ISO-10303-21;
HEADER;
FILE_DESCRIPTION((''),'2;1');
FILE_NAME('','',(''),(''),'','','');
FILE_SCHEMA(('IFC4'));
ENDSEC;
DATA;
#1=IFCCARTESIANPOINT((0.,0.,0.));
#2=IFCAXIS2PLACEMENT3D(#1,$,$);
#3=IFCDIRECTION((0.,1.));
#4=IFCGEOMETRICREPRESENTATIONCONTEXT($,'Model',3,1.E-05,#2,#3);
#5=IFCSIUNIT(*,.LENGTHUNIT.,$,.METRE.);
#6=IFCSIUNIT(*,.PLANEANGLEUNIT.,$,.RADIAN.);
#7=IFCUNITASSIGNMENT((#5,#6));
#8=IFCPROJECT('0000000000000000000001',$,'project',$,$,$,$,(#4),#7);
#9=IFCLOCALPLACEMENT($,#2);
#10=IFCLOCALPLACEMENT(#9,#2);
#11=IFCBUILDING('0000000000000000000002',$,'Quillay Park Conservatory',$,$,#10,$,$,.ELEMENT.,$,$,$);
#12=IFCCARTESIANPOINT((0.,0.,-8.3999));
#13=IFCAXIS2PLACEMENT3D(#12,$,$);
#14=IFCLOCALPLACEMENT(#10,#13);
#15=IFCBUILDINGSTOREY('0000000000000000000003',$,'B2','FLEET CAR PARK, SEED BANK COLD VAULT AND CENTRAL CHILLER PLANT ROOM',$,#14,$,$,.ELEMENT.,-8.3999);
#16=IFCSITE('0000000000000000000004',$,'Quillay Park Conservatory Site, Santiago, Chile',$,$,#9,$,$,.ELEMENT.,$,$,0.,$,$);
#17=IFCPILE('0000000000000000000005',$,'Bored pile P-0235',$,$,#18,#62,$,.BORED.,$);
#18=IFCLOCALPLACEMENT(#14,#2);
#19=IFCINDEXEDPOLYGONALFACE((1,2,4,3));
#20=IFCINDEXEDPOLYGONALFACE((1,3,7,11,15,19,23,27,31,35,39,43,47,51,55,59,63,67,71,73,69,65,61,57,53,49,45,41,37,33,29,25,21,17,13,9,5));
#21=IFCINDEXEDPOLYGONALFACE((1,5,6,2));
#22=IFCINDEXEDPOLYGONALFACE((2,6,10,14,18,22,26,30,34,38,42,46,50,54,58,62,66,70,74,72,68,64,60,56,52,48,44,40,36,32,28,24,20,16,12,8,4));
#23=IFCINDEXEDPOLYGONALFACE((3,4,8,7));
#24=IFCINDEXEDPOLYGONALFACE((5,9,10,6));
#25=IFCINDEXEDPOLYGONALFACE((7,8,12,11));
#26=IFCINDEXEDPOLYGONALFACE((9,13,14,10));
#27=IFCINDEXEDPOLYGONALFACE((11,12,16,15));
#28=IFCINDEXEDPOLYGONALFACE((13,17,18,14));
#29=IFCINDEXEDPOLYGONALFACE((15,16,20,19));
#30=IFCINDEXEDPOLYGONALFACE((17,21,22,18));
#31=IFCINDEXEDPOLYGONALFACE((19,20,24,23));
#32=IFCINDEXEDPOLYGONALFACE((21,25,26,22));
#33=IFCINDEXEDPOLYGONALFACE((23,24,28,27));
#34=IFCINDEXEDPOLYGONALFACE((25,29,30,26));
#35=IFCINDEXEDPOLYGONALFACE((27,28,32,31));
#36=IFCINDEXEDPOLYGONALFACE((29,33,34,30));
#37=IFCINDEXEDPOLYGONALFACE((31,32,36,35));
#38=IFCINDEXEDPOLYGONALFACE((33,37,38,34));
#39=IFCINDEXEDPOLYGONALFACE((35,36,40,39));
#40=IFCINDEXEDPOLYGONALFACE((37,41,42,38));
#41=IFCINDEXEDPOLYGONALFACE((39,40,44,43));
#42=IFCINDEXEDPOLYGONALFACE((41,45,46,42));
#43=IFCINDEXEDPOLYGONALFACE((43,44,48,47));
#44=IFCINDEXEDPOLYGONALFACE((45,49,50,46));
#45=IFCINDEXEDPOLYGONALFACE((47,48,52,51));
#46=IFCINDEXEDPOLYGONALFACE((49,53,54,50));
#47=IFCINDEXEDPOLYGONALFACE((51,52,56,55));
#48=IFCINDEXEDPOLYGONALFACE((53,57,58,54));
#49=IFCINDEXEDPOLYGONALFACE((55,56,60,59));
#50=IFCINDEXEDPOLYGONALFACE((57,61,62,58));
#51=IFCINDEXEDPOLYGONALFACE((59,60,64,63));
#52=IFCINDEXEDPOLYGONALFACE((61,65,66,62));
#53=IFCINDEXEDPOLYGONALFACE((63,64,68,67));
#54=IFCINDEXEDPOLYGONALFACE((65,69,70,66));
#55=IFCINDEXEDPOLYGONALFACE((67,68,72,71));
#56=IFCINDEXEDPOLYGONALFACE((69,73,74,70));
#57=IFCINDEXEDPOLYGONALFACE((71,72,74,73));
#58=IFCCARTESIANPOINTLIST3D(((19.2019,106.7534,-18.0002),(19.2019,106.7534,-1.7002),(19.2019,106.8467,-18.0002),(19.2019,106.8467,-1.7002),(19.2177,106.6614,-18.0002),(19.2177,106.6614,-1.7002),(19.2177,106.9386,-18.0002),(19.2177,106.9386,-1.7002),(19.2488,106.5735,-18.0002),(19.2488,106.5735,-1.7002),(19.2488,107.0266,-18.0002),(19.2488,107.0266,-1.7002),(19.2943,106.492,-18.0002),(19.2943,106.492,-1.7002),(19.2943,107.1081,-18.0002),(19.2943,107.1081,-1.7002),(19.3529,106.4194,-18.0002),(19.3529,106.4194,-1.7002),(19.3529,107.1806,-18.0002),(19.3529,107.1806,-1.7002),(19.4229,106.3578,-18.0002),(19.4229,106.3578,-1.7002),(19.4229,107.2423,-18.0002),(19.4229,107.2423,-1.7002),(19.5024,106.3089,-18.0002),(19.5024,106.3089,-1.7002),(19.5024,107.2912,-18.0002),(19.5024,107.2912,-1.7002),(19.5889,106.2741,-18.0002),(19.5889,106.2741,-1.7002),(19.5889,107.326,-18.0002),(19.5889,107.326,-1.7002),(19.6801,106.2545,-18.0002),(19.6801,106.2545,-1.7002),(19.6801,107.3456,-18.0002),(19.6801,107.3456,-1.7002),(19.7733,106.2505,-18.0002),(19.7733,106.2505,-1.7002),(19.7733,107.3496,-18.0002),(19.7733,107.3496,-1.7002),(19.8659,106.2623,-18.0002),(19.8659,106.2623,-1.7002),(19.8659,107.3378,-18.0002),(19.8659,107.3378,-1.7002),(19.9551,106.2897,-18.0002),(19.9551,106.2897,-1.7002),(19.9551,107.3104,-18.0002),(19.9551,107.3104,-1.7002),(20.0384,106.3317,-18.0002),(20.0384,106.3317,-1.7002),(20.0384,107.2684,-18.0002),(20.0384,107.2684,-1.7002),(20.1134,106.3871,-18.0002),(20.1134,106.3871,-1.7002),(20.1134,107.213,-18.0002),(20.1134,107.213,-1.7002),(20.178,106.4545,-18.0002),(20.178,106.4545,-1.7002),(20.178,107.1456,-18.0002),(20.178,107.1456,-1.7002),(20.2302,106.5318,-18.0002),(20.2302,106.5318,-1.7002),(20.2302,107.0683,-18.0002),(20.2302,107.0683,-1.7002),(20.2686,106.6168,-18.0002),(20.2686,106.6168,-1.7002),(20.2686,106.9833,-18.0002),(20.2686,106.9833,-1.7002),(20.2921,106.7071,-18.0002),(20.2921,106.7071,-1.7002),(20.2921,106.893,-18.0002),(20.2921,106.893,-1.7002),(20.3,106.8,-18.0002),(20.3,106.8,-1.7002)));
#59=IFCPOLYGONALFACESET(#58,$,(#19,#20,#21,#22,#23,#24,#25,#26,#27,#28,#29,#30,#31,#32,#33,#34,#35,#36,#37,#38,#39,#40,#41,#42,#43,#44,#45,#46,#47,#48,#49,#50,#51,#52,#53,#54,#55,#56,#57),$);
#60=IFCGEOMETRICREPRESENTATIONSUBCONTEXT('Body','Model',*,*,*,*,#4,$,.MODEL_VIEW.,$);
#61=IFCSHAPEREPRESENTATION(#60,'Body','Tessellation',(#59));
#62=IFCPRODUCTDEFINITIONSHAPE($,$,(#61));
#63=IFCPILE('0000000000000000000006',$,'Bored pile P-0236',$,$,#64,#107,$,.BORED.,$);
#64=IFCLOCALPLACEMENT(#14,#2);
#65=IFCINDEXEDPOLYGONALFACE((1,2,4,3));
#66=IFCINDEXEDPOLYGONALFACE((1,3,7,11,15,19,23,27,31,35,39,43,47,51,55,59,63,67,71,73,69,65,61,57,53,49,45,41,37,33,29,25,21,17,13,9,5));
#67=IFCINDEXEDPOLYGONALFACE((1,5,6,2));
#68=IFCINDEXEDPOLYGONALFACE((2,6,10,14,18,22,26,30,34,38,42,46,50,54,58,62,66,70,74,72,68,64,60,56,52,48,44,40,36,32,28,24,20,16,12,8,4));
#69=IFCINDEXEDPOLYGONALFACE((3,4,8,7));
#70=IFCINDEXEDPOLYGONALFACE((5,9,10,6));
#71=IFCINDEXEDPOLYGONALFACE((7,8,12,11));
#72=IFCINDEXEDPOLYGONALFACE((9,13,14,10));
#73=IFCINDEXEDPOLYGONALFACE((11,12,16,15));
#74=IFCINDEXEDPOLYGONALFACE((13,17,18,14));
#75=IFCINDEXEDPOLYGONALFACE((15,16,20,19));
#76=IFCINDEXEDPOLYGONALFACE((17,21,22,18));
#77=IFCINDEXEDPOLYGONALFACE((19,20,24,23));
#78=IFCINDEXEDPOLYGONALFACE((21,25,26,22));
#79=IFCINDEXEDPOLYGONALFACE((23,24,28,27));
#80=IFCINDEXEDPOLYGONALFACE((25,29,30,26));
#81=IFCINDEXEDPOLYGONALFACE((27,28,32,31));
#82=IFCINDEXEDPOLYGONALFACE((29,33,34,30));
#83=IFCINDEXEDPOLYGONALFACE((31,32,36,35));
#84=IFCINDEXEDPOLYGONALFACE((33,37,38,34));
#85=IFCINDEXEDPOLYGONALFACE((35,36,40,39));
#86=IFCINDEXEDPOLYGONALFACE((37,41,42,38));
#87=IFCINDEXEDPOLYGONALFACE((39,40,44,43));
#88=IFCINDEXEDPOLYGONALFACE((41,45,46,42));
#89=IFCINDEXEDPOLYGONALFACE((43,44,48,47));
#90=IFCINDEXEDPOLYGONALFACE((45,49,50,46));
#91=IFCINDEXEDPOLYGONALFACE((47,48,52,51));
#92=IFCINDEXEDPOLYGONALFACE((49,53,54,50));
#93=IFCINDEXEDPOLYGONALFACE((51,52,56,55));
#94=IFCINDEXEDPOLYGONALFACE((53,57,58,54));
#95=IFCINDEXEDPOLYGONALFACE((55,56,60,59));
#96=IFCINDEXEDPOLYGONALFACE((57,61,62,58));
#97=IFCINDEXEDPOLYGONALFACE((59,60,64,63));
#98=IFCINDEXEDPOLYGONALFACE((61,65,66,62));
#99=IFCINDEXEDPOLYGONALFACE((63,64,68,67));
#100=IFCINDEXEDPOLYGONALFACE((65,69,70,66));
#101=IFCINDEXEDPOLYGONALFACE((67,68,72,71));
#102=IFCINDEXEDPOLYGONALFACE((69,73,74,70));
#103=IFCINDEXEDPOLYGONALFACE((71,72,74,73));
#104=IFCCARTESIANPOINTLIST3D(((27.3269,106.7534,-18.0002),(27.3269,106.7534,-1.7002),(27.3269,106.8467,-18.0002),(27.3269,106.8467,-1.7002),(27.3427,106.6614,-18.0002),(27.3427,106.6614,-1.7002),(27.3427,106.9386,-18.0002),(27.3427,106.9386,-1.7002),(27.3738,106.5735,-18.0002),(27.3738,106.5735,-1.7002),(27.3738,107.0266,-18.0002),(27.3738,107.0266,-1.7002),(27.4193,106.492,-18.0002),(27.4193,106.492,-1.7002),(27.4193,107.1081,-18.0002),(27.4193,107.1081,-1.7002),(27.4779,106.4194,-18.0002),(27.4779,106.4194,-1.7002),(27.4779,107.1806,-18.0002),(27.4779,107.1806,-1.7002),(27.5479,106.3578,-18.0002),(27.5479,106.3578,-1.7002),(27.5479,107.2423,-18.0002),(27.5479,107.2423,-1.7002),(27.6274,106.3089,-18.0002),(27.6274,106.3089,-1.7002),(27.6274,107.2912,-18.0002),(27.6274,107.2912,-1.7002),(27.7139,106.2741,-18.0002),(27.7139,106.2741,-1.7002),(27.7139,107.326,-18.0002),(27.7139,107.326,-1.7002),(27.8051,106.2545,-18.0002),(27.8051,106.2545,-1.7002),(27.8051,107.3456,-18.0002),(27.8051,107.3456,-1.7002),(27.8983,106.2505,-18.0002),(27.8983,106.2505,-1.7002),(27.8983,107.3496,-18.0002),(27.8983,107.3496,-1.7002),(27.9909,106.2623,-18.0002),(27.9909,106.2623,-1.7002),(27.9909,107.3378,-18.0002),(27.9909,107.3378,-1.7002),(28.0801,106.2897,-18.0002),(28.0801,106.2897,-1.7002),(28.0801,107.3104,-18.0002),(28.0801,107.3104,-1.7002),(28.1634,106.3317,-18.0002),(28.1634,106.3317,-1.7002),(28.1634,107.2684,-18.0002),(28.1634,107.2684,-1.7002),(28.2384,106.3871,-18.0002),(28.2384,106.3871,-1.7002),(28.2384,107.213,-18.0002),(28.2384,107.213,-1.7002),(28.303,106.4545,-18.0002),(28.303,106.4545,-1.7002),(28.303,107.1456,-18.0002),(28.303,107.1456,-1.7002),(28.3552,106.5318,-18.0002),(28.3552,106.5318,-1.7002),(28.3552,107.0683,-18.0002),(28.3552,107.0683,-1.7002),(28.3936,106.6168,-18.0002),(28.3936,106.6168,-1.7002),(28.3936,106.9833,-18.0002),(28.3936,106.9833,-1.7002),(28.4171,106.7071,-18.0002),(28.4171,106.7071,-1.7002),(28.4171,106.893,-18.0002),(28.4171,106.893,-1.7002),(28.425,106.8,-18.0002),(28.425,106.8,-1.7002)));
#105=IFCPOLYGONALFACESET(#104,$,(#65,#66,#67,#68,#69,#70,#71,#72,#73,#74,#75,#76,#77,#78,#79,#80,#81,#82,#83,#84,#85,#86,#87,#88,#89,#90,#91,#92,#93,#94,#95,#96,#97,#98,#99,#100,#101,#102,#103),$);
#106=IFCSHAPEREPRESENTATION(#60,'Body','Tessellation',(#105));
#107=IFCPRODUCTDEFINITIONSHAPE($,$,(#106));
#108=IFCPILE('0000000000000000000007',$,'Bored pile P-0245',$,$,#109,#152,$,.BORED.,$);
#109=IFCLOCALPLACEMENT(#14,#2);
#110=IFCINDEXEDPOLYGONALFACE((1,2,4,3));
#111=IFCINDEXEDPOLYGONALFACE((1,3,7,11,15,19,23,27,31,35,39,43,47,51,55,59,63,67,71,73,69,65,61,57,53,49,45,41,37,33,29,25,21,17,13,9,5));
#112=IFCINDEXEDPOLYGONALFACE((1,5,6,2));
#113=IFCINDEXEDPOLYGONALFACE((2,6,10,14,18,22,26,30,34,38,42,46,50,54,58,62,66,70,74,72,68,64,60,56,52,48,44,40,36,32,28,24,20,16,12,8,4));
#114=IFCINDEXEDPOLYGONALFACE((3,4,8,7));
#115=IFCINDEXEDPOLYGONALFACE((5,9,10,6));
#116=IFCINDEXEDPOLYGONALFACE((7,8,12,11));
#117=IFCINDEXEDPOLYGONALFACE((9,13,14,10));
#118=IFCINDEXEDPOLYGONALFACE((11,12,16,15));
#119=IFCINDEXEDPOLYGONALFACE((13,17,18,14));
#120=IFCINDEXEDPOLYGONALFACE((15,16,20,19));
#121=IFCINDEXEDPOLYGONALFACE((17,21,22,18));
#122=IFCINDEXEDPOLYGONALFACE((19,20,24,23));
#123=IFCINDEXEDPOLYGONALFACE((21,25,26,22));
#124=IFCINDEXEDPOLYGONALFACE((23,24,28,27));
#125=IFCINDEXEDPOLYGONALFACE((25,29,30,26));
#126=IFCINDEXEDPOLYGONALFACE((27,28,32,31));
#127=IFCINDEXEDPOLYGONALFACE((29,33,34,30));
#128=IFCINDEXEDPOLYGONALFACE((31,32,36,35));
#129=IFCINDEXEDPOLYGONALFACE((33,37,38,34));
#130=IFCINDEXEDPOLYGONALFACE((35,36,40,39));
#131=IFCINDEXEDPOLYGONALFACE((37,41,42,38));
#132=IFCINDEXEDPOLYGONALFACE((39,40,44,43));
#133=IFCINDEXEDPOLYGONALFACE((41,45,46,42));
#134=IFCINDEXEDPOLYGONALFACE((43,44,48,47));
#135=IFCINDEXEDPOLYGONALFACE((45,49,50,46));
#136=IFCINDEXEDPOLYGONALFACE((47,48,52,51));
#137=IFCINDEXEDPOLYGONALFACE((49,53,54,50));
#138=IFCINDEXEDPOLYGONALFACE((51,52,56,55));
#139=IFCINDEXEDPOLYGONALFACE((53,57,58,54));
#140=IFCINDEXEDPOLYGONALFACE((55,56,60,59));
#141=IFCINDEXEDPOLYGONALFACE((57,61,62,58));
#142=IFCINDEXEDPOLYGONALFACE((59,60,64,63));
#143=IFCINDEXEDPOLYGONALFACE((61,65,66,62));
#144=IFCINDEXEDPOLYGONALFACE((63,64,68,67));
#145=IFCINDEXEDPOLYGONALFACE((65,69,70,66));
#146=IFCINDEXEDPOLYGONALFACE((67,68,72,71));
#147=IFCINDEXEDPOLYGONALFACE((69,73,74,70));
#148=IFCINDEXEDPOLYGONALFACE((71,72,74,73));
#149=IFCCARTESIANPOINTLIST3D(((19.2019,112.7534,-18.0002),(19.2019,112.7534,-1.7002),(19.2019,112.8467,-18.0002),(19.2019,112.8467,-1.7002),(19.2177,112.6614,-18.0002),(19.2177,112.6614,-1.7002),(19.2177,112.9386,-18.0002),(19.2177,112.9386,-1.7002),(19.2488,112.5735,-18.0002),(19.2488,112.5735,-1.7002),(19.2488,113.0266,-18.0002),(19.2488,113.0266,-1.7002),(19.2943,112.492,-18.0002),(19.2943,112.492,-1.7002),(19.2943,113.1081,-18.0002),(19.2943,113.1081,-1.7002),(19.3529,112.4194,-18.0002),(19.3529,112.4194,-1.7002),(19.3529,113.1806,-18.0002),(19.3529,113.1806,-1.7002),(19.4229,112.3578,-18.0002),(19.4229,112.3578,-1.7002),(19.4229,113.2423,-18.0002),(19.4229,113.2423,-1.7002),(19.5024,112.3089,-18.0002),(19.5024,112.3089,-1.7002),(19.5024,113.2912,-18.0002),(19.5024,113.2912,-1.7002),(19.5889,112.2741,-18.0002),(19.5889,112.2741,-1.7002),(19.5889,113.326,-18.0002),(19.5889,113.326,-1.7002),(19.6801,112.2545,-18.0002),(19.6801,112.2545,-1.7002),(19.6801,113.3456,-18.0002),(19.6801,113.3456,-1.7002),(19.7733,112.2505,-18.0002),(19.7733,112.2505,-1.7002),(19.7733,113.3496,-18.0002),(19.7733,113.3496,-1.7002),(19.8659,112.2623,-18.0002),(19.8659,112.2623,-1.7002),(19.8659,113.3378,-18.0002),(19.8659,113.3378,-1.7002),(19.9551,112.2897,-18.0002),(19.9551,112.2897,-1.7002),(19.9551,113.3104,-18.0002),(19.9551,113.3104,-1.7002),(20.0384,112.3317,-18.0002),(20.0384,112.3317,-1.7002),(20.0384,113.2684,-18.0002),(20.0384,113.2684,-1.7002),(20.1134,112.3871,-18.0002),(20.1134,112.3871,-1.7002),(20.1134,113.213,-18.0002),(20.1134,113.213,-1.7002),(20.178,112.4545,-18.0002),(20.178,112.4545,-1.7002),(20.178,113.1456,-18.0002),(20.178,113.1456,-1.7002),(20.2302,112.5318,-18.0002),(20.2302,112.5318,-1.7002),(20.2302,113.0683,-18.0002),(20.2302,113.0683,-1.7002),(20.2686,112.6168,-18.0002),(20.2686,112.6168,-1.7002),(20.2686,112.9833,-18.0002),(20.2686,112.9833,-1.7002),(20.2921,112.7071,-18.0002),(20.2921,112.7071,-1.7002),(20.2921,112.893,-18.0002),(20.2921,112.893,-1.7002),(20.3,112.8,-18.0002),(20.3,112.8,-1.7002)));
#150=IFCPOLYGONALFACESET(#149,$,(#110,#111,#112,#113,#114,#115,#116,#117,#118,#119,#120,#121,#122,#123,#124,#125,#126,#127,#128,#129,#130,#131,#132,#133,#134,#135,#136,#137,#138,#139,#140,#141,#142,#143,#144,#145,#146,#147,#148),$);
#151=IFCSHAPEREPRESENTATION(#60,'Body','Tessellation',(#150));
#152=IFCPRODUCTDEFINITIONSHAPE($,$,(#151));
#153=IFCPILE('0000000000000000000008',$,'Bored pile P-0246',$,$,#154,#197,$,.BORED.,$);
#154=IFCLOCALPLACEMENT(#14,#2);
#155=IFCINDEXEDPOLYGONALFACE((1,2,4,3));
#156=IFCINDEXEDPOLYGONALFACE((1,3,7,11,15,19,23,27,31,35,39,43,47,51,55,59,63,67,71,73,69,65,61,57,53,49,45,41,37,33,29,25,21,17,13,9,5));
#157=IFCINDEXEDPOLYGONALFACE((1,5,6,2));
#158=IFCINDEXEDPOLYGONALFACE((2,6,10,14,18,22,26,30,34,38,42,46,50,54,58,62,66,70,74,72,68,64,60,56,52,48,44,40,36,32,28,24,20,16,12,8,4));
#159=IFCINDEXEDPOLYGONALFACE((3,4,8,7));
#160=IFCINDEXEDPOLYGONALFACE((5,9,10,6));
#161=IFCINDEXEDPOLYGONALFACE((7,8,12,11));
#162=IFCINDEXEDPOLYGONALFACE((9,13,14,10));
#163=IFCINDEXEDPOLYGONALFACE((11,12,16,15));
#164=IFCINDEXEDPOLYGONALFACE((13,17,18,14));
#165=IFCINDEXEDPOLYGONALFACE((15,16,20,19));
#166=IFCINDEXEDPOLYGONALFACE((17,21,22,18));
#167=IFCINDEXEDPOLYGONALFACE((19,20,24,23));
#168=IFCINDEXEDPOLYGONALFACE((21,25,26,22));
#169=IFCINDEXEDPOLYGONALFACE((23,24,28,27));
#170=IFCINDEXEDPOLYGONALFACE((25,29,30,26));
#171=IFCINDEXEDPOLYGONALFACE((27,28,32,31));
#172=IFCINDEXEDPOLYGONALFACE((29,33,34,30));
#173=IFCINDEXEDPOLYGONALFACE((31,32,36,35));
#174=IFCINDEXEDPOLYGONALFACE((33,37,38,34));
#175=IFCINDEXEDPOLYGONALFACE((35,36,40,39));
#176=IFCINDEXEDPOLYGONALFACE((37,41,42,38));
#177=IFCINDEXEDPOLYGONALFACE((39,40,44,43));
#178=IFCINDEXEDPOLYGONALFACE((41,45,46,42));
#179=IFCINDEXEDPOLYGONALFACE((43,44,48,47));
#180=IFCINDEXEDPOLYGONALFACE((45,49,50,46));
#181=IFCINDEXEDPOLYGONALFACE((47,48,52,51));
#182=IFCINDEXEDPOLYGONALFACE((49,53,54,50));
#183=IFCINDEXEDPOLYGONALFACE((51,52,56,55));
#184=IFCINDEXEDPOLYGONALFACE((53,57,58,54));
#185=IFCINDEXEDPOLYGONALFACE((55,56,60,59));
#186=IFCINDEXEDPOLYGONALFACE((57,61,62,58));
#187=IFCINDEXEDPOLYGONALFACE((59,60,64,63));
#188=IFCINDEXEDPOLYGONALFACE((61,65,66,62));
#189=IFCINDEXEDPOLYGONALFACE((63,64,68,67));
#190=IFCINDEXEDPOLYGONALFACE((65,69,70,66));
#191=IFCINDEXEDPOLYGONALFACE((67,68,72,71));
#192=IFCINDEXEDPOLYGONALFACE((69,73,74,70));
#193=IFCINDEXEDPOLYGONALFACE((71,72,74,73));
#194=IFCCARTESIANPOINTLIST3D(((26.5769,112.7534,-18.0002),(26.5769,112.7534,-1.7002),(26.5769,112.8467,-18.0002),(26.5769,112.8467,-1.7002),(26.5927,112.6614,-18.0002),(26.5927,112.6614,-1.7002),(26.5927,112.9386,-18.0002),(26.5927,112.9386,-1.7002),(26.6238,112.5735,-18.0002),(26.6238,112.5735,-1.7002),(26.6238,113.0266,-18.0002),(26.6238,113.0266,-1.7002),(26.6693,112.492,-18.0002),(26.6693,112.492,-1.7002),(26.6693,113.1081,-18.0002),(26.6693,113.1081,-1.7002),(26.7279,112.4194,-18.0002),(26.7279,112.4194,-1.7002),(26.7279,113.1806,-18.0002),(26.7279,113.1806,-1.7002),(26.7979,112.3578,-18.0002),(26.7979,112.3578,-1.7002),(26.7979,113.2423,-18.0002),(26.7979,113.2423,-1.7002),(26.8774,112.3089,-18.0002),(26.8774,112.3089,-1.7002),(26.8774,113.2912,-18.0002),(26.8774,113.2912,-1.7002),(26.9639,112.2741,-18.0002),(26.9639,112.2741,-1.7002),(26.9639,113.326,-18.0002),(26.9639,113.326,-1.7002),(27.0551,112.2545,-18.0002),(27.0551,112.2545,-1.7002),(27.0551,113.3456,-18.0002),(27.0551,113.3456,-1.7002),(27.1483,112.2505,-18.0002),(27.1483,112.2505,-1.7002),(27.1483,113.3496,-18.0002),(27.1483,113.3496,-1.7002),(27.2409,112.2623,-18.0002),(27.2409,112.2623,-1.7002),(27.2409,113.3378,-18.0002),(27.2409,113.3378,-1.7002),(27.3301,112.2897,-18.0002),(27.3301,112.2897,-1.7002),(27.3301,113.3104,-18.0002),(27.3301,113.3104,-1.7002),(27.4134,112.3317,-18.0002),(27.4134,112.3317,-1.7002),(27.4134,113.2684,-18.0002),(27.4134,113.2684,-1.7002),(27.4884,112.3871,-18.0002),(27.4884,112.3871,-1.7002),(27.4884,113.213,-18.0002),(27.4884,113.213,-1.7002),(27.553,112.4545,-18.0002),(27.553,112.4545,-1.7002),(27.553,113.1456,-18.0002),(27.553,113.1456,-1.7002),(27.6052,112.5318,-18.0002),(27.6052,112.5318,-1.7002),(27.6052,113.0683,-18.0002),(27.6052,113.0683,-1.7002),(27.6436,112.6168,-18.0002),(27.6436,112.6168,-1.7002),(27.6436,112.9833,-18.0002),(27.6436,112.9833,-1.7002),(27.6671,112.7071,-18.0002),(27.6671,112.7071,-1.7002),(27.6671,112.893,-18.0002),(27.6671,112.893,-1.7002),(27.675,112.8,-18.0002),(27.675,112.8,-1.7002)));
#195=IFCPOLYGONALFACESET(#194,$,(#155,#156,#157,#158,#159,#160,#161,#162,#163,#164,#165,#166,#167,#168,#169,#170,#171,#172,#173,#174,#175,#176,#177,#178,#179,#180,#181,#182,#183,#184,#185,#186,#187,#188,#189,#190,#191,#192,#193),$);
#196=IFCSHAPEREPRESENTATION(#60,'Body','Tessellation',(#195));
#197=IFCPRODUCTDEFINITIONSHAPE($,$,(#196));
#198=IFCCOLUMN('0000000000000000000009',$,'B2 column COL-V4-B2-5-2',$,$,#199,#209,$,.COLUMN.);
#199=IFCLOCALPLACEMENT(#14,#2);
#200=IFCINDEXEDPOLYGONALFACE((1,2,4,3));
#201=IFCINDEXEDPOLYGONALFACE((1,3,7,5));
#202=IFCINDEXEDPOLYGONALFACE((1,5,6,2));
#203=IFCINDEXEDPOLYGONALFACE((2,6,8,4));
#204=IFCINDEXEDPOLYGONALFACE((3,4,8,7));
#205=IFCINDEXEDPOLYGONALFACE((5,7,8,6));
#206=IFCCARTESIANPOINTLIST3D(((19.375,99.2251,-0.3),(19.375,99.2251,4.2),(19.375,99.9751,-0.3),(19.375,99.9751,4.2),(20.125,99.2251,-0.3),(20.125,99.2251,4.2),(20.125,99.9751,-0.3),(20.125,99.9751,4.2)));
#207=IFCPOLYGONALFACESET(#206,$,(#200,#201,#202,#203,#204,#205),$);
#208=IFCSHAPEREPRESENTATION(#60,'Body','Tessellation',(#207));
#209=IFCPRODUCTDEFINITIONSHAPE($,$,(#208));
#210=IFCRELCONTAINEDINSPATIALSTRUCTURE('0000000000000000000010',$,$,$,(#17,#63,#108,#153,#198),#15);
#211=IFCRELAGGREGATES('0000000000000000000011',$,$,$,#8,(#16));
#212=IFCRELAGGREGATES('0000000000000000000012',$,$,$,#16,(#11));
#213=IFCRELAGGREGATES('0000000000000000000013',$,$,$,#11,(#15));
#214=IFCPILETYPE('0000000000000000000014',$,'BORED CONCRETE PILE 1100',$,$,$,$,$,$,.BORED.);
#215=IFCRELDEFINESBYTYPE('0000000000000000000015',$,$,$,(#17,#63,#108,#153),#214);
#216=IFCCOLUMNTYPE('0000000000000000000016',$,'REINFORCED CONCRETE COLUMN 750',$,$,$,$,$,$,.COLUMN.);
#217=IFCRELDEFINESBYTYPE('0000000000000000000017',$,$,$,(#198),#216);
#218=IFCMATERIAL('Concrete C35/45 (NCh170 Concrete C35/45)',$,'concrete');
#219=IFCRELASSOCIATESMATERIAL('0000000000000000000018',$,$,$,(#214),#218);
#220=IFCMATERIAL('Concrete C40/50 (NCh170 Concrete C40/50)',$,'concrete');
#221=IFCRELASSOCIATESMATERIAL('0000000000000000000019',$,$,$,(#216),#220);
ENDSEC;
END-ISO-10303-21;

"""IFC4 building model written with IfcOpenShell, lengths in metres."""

from ifc_helpers import new_model, si_unit, direction, frame, origin, origin_2d, place, context, subcontext, project, spatial, rectangle, circle, extrude, material, material_profile, profile_set, type_object, element, save


model = new_model("IFC4")

# Units and contexts
model_context = context("Model", 3, precision=1e-05, world=origin(), true_north=direction((0.0, 1.0)))
body_context = subcontext(model_context, "Body", "Model", "MODEL_VIEW")
ifc_project = project(units=[si_unit("LENGTHUNIT", "METRE"), si_unit("PLANEANGLEUNIT", "RADIAN")], contexts=[model_context])

# Site, building, storey
site_placement = place(None, origin())
site = spatial("IfcSite", under=ifc_project, at=site_placement, Name="Quillay Park Conservatory Site, Santiago, Chile", CompositionType="ELEMENT", RefElevation=0.0)
building_placement = place(site_placement, origin())
building = spatial("IfcBuilding", under=site, at=building_placement, Name="Quillay Park Conservatory", CompositionType="ELEMENT")
storey_placement = place(building_placement, frame((0.0, 0.0, -8.3999)))
storey = spatial("IfcBuildingStorey", under=building, at=storey_placement, Name="B2", Description="FLEET CAR PARK, SEED BANK COLD VAULT AND CENTRAL CHILLER PLANT ROOM", CompositionType="ELEMENT", Elevation=-8.3999)

# Piles
ifc_material_1 = material(Name="Concrete C35/45 (NCh170 Concrete C35/45)", Category="concrete")
ifc_material_profile_1 = material_profile(ifc_material_1, circle(Radius=0.55, at=origin_2d()), Name="PILE1100")
ifc_profile_set_1 = profile_set([ifc_material_profile_1], Name="Concrete C35/45 (NCh170 Concrete C35/45)")
pile_type = type_object("IfcPileType", Name="BORED CONCRETE PILE 1100", PredefinedType="BORED", material=ifc_profile_set_1)
for number, where, z_axis, x_axis, name in (
    (1, (19.75, 106.8, -1.7002), (0.0, 0.0, -1.0), (1.0, 0.0, 0.0), "Bored pile P-0235"),
    (2, (27.875, 106.8, -1.7002), (0.0, 0.0, -1.0), (1.0, 0.0, 0.0), "Bored pile P-0236"),
    (3, (19.75, 112.8, -1.7002), (0.0, 0.0, -1.0), (1.0, 0.0, 0.0), "Bored pile P-0245"),
    (4, (27.125, 112.8, -1.7002), (0.0, 0.0, -1.0), (1.0, 0.0, 0.0), "Bored pile P-0246"),
):
    element("IfcPile", number, at=place(storey_placement, frame(where, z_axis=z_axis, x_axis=x_axis)), inside=storey, type_object=pile_type, Name=name, PredefinedType="BORED", context=body_context, shape_type="SweptSolid", body=[
        extrude(circle(Radius=0.55, at=origin_2d()), origin(), (0.0, 0.0, 1.0), 16.3),
    ])

# Column
ifc_material_2 = material(Name="Concrete C40/50 (NCh170 Concrete C40/50)", Category="concrete")
ifc_material_profile_2 = material_profile(ifc_material_2, rectangle(XDim=0.75, YDim=0.75, at=origin_2d()), Name="RC750x750")
ifc_profile_set_2 = profile_set([ifc_material_profile_2], Name="Concrete C40/50 (NCh170 Concrete C40/50)")
column_type = type_object("IfcColumnType", Name="REINFORCED CONCRETE COLUMN 750", PredefinedType="COLUMN", material=ifc_profile_set_2)
for number, where, z_axis, x_axis, name in (
    (5, (19.75, 99.6001, -0.3), (0.0, 0.0, 1.0), (1.0, 0.0, 0.0), "B2 column COL-V4-B2-5-2"),
):
    element("IfcColumn", number, at=place(storey_placement, frame(where, z_axis=z_axis, x_axis=x_axis)), inside=storey, type_object=column_type, Name=name, PredefinedType="COLUMN", context=body_context, shape_type="SweptSolid", body=[
        extrude(rectangle(XDim=0.75, YDim=0.75, at=origin_2d()), origin(), (0.0, 0.0, 1.0), 4.5),
    ])

save(model, "model.ifc")
